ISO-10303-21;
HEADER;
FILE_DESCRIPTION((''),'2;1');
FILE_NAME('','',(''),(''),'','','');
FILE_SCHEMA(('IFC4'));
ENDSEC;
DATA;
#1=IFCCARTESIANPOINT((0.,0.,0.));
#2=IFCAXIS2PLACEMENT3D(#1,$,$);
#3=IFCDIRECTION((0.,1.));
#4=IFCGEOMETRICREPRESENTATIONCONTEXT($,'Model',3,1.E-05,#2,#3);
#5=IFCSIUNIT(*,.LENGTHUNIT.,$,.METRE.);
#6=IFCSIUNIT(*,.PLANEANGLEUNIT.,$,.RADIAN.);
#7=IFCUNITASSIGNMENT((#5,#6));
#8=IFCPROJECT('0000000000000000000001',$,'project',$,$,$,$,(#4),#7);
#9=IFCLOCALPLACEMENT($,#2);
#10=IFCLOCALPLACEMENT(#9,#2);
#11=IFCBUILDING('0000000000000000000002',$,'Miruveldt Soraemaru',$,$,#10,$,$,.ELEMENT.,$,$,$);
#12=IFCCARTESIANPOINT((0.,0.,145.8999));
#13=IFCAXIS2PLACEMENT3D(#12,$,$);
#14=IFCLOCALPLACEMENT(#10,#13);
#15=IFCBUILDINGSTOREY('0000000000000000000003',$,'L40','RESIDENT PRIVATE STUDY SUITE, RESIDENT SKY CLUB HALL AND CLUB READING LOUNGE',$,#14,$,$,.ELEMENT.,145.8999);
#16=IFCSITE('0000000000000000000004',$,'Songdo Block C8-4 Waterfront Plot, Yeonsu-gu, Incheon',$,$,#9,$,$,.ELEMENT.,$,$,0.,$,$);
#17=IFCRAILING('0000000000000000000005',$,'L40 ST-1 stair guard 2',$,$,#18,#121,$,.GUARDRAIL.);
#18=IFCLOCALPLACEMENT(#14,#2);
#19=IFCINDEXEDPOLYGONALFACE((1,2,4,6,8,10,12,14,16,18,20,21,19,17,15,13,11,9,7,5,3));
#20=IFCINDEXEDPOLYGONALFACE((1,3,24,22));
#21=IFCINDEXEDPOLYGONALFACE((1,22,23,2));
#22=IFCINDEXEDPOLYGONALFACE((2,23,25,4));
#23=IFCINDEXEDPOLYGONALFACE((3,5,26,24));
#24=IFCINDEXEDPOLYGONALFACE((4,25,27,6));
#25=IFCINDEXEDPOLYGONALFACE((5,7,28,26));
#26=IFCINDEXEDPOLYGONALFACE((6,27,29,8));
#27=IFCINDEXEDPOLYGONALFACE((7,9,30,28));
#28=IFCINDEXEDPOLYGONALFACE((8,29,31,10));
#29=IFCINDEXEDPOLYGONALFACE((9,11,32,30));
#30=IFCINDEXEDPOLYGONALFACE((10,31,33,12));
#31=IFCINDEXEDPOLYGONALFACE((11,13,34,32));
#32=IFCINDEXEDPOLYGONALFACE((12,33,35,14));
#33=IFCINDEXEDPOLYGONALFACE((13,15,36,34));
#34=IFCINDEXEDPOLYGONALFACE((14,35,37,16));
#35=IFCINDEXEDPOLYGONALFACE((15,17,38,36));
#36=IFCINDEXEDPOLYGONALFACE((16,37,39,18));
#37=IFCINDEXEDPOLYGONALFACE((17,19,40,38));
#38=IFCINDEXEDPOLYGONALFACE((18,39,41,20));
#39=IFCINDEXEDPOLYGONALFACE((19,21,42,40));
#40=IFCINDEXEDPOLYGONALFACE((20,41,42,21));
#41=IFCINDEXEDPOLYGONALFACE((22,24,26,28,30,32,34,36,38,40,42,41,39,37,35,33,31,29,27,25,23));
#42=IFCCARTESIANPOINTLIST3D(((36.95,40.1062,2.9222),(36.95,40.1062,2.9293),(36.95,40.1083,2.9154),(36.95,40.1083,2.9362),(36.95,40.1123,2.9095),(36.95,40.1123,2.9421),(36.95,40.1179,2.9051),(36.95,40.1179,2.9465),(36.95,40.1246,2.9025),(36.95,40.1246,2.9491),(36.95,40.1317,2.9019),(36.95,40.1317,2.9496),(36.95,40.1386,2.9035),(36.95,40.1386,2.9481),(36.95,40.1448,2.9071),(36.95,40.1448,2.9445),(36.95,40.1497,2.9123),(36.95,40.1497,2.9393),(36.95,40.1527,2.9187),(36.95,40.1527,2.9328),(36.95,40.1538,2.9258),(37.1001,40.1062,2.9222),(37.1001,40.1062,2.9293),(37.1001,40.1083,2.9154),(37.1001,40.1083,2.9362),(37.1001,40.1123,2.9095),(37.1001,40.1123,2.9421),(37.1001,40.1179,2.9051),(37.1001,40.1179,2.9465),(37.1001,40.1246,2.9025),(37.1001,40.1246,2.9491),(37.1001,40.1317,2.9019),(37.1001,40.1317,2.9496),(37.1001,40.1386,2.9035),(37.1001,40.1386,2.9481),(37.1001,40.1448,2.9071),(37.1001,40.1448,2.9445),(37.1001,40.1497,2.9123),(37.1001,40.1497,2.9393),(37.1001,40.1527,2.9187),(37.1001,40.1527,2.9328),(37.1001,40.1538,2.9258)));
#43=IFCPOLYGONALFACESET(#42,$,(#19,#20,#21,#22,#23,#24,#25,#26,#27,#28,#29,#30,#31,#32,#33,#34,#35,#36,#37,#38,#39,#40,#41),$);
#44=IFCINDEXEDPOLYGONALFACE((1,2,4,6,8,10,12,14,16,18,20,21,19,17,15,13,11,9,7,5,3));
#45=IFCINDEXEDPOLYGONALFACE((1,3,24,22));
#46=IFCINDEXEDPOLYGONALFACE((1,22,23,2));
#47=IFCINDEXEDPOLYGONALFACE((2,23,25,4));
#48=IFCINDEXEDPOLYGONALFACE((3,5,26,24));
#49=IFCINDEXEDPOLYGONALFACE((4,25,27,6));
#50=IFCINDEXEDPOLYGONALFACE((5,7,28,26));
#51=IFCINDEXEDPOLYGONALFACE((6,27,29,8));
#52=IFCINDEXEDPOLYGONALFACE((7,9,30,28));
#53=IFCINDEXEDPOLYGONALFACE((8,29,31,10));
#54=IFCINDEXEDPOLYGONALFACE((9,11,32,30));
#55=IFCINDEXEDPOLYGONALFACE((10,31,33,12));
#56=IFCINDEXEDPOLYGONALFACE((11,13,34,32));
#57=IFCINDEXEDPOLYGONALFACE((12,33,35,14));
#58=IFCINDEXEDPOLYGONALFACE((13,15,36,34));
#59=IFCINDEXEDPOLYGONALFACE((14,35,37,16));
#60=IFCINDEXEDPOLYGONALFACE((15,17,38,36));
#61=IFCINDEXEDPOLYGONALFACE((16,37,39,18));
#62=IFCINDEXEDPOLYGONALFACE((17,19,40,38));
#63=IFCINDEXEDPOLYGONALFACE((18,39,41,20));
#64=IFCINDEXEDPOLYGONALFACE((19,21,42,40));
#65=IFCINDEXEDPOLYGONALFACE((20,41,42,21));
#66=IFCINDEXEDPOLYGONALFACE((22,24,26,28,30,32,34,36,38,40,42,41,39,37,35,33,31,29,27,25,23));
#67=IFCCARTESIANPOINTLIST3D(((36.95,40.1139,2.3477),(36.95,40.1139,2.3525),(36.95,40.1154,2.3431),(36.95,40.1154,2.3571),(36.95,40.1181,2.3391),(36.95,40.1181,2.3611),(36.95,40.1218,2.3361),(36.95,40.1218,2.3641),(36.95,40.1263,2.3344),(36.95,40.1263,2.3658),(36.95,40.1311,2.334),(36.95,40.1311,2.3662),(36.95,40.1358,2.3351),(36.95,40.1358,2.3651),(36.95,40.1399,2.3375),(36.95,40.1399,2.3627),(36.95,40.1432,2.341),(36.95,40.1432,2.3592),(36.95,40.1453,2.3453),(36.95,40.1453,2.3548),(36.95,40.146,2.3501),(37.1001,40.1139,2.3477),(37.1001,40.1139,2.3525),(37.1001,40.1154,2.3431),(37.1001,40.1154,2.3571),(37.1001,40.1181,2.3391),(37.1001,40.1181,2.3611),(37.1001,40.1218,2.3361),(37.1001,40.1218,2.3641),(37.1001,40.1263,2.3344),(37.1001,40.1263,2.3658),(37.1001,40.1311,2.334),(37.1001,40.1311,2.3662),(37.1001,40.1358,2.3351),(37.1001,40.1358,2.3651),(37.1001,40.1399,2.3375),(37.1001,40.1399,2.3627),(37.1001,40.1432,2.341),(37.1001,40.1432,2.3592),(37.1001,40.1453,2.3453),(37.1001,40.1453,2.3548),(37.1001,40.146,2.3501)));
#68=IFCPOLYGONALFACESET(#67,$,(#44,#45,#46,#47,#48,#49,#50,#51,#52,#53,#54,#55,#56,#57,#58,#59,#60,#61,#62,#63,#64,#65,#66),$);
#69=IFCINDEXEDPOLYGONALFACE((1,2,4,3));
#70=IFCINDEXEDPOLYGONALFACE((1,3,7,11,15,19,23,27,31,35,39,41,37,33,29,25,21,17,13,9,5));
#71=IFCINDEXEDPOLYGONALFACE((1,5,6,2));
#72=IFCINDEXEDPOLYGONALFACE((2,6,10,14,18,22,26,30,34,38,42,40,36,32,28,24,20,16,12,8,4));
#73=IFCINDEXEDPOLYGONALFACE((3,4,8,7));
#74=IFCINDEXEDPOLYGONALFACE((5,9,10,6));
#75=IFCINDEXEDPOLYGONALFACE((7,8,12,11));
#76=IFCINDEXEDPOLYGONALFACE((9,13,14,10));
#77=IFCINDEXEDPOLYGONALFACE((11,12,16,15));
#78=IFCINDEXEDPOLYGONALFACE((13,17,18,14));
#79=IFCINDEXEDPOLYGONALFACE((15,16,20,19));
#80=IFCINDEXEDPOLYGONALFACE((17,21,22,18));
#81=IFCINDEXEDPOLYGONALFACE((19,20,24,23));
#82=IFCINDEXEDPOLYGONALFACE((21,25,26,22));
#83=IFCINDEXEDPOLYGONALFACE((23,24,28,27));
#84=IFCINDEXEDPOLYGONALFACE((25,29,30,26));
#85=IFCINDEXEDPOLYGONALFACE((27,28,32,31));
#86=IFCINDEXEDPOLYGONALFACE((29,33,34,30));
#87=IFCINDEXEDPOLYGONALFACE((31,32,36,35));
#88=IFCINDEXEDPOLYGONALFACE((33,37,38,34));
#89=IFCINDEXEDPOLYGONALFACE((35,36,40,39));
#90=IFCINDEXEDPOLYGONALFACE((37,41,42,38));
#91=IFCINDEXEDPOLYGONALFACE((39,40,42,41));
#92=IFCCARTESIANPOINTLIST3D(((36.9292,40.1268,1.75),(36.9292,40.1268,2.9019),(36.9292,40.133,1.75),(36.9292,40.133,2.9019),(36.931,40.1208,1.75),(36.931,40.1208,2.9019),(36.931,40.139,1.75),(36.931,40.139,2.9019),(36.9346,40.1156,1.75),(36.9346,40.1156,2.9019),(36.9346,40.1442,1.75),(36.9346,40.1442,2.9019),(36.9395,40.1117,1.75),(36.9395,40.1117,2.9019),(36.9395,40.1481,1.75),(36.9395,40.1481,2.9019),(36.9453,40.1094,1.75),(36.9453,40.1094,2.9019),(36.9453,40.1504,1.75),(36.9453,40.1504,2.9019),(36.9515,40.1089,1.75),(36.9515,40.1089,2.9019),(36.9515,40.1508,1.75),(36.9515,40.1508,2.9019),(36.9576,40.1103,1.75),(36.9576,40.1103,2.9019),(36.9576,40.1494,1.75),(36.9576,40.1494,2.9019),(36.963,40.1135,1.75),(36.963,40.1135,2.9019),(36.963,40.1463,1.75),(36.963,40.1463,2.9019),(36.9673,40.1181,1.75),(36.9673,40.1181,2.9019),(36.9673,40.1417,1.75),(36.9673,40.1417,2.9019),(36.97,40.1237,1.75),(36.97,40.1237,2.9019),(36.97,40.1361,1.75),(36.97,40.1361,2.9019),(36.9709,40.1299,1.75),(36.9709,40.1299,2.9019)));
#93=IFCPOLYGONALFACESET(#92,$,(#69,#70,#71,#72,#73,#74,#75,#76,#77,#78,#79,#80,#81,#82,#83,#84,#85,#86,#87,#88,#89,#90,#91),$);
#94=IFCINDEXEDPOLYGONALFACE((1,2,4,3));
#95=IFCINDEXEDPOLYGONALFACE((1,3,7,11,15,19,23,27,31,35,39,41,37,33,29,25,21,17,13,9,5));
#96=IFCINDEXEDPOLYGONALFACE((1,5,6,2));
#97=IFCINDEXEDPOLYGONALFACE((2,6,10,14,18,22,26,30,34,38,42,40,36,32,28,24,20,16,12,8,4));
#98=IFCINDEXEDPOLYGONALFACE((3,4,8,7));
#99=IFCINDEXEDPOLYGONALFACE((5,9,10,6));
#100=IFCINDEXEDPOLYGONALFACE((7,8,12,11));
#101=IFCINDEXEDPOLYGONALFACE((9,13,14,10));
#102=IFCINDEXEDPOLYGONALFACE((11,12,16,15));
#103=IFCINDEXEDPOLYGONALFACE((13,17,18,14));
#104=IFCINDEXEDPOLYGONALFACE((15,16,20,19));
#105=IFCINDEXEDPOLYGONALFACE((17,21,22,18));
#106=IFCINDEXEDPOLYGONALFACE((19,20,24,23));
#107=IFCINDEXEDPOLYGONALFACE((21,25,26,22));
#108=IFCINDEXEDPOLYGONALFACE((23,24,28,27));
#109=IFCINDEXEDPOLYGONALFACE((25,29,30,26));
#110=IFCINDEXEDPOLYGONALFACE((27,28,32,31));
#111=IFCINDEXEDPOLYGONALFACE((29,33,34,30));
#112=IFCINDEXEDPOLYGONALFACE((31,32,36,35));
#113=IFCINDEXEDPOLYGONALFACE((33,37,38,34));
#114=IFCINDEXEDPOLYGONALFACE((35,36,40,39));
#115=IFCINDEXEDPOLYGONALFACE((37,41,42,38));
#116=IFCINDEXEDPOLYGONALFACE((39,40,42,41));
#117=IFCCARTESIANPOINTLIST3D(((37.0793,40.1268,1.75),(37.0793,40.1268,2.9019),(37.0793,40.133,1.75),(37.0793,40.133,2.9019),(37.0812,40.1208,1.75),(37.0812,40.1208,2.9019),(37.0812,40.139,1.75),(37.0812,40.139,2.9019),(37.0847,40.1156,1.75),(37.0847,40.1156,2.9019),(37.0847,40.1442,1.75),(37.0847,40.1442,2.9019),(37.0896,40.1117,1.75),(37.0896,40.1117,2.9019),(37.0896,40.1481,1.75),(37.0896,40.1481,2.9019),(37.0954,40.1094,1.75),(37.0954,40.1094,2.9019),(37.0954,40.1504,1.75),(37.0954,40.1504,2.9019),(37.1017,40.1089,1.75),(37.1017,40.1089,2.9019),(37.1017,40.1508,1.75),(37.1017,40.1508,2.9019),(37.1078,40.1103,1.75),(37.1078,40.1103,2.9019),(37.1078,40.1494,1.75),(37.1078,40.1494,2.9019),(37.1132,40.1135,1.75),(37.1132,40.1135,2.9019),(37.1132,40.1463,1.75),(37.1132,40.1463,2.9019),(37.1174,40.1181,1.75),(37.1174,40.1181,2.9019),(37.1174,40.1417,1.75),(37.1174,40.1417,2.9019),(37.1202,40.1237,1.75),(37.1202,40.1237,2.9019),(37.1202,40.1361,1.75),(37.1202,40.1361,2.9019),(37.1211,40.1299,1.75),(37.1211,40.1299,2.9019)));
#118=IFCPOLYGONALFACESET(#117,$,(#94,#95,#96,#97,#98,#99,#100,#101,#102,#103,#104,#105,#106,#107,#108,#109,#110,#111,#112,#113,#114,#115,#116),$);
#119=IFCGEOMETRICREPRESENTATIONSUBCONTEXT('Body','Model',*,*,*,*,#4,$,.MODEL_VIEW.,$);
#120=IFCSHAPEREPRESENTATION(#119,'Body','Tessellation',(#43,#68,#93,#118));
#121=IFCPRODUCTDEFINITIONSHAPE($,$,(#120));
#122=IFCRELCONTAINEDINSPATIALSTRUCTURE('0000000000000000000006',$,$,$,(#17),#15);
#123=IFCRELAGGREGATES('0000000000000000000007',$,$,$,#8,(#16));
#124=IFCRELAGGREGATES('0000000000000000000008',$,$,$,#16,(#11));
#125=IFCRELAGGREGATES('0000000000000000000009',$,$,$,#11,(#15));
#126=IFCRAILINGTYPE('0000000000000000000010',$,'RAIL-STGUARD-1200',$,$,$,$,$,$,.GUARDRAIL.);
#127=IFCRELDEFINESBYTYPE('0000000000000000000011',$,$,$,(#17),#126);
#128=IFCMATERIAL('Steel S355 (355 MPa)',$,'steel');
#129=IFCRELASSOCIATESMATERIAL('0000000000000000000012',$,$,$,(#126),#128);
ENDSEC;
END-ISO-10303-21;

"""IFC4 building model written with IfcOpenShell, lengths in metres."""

from ifc_helpers import new_model, si_unit, direction, frame, origin, origin_2d, place, context, subcontext, project, spatial, circle, extrude, material, type_object, element, save


model = new_model("IFC4")

# Units and contexts
model_context = context("Model", 3, precision=1e-05, world=origin(), true_north=direction((0.0, 1.0)))
body_context = subcontext(model_context, "Body", "Model", "MODEL_VIEW")
ifc_project = project(units=[si_unit("LENGTHUNIT", "METRE"), si_unit("PLANEANGLEUNIT", "RADIAN")], contexts=[model_context])

# Site, building, storey
site_placement = place(None, origin())
site = spatial("IfcSite", under=ifc_project, at=site_placement, Name="Songdo Block C8-4 Waterfront Plot, Yeonsu-gu, Incheon", CompositionType="ELEMENT", RefElevation=0.0)
building_placement = place(site_placement, origin())
building = spatial("IfcBuilding", under=site, at=building_placement, Name="Miruveldt Soraemaru", CompositionType="ELEMENT")
storey_placement = place(building_placement, frame((0.0, 0.0, 145.8999)))
storey = spatial("IfcBuildingStorey", under=building, at=storey_placement, Name="L40", Description="RESIDENT PRIVATE STUDY SUITE, RESIDENT SKY CLUB HALL AND CLUB READING LOUNGE", CompositionType="ELEMENT", Elevation=145.8999)

# Railing
ifc_material_1 = material(Name="Steel S355 (355 MPa)", Category="steel")
railing_type_1 = type_object("IfcRailingType", Name="RAIL-STGUARD-1200", PredefinedType="GUARDRAIL", material=ifc_material_1)
railing_1_placement = place(storey_placement, frame((36.95, 40.1299, 1.75)))
element("IfcRailing", 1, at=railing_1_placement, inside=storey, type_object=railing_type_1, Name="L40 ST-1 stair guard 2", PredefinedType="GUARDRAIL", context=body_context, shape_type="SweptSolid", body=[
    extrude(circle(Radius=0.0239, at=origin_2d()), frame((0.0, 0.0, 1.1758), z_axis=(1.0, 0.0, 0.0), x_axis=(0.0, 1.0, 0.0)), (0.0, 0.0, 1.0), 0.1501),
    extrude(circle(Radius=0.0161, at=origin_2d()), frame((0.0, 0.0, 0.6001), z_axis=(1.0, 0.0, 0.0), x_axis=(0.0, 1.0, 0.0)), (0.0, 0.0, 1.0), 0.1501),
    extrude(circle(Radius=0.021, at=origin_2d()), origin(), (0.0, 0.0, 1.0), 1.1519),
    extrude(circle(Radius=0.021, at=origin_2d()), frame((0.1501, 0.0, 0.0)), (0.0, 0.0, 1.0), 1.1519),
])

save(model, "model.ifc")
